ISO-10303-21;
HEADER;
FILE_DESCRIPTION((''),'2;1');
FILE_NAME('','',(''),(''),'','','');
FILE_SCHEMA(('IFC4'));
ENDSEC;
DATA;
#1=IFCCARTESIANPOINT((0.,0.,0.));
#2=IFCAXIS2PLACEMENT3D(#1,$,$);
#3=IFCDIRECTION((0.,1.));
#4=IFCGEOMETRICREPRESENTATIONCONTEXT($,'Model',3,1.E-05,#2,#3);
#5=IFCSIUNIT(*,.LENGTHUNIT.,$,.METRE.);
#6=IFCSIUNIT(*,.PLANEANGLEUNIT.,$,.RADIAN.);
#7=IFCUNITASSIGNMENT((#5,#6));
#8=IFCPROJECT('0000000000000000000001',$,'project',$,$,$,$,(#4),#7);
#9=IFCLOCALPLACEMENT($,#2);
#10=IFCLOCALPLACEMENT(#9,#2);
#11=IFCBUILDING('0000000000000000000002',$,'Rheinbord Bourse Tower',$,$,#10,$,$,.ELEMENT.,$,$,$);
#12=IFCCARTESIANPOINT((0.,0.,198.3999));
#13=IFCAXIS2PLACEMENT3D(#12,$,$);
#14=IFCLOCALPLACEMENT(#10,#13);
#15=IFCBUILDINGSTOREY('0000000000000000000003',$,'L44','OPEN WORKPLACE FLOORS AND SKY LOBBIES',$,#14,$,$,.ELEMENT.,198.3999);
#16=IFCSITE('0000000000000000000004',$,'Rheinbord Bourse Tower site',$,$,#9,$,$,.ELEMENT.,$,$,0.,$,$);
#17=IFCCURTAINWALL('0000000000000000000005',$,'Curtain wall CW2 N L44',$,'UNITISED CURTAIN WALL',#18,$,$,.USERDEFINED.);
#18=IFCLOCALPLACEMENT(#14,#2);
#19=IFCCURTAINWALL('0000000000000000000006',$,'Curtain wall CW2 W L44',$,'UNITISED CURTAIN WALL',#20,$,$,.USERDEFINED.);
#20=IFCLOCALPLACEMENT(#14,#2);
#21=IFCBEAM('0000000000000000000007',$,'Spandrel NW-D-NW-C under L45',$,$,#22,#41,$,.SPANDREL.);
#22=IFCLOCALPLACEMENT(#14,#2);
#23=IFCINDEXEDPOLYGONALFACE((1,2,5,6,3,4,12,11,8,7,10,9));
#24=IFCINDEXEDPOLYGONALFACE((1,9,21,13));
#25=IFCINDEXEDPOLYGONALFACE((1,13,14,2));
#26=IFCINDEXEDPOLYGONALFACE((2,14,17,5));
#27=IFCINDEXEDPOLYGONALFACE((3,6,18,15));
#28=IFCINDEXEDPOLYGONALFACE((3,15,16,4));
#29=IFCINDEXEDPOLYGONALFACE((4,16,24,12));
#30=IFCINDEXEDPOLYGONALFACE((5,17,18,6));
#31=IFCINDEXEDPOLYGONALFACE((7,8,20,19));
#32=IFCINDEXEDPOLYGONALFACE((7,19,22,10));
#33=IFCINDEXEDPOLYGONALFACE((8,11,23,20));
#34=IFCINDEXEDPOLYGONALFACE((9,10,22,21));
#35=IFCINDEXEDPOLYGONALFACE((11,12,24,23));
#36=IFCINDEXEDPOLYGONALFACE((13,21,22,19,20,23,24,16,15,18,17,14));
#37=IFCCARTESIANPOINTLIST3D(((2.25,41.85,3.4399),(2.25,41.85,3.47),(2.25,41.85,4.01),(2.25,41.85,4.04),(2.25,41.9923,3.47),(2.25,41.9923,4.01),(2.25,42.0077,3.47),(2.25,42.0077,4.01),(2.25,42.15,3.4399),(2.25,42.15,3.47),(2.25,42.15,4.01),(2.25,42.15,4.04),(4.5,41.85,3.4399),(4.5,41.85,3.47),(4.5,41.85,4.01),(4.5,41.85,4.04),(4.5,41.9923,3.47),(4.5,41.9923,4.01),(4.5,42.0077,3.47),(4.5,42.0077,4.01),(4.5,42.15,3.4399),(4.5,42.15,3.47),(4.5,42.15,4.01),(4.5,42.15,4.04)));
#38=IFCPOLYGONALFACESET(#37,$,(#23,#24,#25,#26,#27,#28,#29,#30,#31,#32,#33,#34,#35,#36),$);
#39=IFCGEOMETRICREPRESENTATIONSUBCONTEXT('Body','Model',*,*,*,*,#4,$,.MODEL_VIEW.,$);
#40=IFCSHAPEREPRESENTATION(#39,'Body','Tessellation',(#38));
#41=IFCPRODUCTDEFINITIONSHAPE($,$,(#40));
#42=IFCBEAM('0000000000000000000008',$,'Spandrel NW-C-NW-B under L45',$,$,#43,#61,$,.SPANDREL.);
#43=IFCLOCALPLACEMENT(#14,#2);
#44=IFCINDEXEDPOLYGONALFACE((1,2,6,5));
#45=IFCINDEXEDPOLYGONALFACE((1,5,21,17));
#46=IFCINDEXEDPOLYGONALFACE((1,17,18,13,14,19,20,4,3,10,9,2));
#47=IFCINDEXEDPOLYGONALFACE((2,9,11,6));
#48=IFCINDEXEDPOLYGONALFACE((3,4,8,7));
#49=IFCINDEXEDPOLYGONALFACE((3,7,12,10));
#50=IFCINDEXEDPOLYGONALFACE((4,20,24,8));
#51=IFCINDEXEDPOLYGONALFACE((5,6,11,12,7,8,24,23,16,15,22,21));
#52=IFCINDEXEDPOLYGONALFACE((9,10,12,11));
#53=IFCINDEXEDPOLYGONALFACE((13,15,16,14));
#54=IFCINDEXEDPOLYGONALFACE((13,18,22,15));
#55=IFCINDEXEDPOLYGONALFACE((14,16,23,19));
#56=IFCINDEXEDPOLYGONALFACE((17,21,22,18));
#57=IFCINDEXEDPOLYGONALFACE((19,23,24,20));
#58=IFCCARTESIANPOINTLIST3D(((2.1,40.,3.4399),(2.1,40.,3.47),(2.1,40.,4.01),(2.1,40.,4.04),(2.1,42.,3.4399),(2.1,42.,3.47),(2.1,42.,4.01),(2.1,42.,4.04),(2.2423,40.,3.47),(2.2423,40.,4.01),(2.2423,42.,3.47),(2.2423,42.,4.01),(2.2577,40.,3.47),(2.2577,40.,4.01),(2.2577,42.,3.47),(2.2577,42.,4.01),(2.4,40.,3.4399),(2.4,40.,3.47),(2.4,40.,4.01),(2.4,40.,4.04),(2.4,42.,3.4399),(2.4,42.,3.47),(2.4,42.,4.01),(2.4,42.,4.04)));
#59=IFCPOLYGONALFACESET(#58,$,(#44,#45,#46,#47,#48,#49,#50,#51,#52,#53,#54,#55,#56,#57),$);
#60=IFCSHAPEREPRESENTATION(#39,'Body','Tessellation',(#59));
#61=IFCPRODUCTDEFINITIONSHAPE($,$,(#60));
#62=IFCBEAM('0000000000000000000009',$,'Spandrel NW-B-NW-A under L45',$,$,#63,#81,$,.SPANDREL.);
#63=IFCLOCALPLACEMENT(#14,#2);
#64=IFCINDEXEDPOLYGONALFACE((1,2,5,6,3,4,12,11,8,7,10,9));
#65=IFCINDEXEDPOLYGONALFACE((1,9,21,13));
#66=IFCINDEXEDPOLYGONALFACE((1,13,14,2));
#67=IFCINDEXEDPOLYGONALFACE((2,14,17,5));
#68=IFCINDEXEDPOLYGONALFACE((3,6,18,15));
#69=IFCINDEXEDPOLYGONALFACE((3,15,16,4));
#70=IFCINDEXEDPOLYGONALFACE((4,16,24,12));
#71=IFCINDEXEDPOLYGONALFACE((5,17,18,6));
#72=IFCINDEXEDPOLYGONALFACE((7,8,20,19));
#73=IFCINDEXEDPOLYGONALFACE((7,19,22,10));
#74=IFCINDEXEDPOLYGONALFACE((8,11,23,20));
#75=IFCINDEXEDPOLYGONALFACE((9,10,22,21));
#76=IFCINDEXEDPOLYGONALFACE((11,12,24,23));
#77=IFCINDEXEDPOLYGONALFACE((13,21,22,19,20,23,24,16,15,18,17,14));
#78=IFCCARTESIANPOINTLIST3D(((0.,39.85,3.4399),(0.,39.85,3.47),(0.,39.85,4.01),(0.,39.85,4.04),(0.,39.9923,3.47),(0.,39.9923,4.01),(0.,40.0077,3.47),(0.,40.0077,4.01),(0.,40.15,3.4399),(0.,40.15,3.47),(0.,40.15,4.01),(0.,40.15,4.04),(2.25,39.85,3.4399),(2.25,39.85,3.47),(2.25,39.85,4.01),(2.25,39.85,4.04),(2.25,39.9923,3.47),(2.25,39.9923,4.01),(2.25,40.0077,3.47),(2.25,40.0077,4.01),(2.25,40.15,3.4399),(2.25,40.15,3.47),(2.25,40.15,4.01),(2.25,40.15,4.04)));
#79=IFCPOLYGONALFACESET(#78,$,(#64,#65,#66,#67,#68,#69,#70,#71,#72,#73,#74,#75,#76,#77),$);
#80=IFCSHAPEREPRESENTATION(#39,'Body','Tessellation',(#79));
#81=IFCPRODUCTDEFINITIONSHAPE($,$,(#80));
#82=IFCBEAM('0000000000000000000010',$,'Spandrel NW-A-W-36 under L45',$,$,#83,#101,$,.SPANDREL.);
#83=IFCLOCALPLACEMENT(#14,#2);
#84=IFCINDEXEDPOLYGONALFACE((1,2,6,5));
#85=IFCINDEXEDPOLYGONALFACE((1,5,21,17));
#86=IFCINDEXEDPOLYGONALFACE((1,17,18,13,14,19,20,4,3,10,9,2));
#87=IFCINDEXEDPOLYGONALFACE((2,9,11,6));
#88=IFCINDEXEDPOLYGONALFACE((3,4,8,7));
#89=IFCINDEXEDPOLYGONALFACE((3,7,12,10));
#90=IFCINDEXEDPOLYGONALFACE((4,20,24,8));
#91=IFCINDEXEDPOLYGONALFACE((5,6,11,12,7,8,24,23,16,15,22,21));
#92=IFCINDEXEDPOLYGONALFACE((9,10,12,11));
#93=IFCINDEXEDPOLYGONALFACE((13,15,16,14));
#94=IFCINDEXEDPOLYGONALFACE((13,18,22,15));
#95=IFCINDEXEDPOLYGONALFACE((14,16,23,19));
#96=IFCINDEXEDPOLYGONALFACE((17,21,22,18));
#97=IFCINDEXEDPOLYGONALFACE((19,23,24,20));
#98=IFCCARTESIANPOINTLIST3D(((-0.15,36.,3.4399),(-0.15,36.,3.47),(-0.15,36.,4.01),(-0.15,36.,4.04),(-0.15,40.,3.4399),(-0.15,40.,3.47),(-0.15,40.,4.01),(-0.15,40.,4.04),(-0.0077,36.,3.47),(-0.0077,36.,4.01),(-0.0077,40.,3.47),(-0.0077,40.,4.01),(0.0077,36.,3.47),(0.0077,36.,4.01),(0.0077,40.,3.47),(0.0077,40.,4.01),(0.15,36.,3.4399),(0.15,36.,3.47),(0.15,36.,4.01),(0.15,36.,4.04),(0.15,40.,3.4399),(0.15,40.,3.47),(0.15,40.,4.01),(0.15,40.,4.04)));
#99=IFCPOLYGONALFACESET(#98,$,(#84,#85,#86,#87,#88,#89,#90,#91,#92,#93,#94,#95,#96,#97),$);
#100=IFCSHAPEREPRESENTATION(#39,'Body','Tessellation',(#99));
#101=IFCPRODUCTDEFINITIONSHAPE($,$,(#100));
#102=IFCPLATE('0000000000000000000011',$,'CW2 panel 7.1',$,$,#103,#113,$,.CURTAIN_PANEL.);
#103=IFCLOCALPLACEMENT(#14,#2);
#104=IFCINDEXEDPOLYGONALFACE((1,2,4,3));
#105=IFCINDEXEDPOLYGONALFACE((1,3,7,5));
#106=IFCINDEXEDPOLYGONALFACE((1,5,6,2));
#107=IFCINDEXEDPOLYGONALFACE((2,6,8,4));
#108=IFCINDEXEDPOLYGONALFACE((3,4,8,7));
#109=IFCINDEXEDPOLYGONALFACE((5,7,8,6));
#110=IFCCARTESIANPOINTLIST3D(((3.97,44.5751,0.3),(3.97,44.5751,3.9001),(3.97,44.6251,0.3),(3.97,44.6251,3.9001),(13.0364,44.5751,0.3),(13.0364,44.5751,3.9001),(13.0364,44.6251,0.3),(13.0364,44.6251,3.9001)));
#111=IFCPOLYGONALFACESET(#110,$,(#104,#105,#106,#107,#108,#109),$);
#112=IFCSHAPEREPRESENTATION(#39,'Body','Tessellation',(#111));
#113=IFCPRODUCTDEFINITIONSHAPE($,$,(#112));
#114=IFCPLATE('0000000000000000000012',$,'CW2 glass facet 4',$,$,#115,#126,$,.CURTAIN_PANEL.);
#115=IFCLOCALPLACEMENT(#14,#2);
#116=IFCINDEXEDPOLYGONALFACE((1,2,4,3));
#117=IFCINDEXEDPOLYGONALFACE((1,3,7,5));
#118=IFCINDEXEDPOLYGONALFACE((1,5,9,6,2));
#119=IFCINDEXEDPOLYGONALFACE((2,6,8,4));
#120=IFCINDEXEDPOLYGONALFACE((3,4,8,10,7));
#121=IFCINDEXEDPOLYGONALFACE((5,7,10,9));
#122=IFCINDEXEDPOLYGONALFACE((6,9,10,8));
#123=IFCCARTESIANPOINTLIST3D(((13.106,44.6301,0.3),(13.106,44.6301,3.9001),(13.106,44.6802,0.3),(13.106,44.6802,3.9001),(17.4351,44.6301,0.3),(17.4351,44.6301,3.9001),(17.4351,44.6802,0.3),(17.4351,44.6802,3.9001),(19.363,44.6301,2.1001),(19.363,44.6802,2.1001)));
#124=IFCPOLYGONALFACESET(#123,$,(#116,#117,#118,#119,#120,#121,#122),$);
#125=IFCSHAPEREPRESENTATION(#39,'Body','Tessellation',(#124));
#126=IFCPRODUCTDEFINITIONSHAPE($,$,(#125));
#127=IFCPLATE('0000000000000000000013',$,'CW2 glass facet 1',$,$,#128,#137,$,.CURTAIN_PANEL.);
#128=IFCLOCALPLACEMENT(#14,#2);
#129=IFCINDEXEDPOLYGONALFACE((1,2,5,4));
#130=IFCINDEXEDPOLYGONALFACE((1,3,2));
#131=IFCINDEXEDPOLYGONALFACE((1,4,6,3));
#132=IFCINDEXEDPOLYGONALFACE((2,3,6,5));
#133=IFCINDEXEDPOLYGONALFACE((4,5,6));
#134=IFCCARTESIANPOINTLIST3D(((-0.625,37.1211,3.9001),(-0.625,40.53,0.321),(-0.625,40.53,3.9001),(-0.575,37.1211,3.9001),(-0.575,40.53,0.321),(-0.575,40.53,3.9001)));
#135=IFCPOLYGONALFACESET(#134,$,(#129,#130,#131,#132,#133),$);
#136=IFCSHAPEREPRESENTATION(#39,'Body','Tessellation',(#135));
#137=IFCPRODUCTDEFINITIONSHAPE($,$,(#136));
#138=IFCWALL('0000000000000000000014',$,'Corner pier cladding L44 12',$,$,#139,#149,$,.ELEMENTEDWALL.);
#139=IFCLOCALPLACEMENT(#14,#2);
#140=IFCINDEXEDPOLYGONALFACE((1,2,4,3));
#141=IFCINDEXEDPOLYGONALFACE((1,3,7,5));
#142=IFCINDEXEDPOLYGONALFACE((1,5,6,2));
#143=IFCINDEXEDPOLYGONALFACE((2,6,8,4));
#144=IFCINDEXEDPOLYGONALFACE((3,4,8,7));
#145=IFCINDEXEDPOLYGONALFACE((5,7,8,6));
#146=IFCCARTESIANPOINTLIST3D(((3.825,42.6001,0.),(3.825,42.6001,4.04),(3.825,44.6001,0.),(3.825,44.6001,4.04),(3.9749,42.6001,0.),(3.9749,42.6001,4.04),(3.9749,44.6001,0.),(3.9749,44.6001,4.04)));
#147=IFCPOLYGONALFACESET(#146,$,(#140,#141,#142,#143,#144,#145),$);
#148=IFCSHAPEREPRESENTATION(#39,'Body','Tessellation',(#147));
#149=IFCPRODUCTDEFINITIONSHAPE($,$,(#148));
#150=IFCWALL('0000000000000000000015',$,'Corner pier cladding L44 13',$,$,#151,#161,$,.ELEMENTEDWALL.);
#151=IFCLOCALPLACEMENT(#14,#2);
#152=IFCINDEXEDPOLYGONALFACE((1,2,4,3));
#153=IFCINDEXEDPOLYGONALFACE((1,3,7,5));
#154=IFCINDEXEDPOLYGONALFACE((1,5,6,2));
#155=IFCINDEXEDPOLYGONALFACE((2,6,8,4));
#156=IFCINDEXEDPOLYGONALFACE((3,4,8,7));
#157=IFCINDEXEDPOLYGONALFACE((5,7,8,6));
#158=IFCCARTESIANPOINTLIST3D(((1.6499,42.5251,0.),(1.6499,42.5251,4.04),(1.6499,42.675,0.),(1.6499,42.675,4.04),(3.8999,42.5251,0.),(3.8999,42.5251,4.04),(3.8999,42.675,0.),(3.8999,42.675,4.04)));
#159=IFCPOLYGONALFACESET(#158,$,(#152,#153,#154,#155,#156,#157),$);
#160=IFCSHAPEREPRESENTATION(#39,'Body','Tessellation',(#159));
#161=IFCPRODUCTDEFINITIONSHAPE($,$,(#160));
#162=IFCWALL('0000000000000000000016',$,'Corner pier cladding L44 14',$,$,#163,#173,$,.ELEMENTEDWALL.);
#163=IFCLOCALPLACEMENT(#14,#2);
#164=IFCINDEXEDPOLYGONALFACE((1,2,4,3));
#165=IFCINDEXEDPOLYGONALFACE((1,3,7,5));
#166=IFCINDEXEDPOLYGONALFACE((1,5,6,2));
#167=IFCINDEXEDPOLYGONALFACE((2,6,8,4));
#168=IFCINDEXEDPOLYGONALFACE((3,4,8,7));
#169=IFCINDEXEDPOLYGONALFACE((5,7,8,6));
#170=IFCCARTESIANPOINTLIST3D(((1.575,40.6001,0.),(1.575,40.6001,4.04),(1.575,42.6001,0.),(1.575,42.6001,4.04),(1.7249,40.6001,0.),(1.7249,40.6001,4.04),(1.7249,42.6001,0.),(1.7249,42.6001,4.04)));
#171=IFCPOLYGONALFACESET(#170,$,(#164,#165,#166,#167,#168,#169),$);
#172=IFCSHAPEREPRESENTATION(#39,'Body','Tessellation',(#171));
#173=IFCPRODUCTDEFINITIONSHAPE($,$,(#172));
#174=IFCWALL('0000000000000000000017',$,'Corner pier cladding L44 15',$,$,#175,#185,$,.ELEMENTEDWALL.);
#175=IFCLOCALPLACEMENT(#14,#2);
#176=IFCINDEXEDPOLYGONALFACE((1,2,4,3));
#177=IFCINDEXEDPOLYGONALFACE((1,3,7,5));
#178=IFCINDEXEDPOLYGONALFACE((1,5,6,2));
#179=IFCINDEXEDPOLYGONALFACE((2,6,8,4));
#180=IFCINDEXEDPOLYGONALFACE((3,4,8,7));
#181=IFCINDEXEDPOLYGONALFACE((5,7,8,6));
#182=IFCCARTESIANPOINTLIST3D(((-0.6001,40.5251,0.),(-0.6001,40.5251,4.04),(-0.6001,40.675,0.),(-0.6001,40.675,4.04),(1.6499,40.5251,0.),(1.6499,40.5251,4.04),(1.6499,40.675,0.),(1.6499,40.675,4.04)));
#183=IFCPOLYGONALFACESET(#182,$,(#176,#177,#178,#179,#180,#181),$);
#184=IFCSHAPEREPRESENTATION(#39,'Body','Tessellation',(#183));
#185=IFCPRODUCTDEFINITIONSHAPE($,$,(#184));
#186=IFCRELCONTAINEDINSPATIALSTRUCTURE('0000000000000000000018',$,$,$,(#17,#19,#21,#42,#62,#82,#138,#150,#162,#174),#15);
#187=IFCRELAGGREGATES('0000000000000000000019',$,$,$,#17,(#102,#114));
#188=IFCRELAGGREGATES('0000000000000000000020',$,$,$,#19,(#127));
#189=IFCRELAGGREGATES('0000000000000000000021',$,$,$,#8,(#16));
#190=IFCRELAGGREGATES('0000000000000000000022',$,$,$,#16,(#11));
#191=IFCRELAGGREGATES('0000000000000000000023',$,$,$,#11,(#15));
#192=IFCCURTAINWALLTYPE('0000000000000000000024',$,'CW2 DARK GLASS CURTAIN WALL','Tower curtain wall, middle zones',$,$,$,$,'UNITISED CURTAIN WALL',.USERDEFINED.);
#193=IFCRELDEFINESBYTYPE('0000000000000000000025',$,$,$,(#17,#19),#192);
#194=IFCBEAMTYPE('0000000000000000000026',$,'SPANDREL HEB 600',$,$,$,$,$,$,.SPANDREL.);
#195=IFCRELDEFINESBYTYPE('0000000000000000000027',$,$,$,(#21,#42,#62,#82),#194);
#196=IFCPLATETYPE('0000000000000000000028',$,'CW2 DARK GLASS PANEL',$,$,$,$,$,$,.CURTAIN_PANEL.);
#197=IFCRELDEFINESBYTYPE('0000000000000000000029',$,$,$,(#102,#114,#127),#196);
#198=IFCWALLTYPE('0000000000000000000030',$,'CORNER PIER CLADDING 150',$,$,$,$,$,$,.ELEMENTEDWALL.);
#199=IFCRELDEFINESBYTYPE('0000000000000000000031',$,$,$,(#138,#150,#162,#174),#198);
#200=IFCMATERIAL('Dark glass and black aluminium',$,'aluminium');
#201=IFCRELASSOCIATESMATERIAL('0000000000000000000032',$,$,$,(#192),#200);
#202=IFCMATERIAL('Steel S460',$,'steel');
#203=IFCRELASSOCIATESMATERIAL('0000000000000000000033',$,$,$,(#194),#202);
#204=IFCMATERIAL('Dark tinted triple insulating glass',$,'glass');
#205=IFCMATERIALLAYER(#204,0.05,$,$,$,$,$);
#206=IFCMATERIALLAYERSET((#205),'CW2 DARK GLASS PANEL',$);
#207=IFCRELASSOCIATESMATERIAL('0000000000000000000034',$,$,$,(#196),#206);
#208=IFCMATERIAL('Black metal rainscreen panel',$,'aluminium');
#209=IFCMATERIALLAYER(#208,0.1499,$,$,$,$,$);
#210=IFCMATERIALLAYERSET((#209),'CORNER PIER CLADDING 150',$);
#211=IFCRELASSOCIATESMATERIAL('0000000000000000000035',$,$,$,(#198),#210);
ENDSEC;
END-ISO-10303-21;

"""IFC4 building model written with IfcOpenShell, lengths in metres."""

from ifc_helpers import new_model, si_unit, direction, frame, frame_2d, origin, origin_2d, place, context, subcontext, project, spatial, polyline, rectangle, i_section, outline, extrude, material, layer, layer_set, material_profile, profile_set, type_object, element, aggregate, save


model = new_model("IFC4")

# Units and contexts
model_context = context("Model", 3, precision=1e-05, world=origin(), true_north=direction((0.0, 1.0)))
body_context = subcontext(model_context, "Body", "Model", "MODEL_VIEW")
ifc_project = project(units=[si_unit("LENGTHUNIT", "METRE"), si_unit("PLANEANGLEUNIT", "RADIAN")], contexts=[model_context])

# Site, building, storey
site_placement = place(None, origin())
site = spatial("IfcSite", under=ifc_project, at=site_placement, Name="Rheinbord Bourse Tower site", CompositionType="ELEMENT", RefElevation=0.0)
building_placement = place(site_placement, origin())
building = spatial("IfcBuilding", under=site, at=building_placement, Name="Rheinbord Bourse Tower", CompositionType="ELEMENT")
storey_placement = place(building_placement, frame((0.0, 0.0, 198.3999)))
storey = spatial("IfcBuildingStorey", under=building, at=storey_placement, Name="L44", Description="OPEN WORKPLACE FLOORS AND SKY LOBBIES", CompositionType="ELEMENT", Elevation=198.3999)

# Curtain wall
ifc_material_1 = material(Name="Dark glass and black aluminium", Category="aluminium")
curtain_wall_type = type_object("IfcCurtainWallType", Name="CW2 DARK GLASS CURTAIN WALL", Description="Tower curtain wall, middle zones", ElementType="UNITISED CURTAIN WALL", PredefinedType="USERDEFINED", material=ifc_material_1)
curtain_wall_1_placement = place(storey_placement, origin())
curtain_wall_1 = element("IfcCurtainWall", 1, at=curtain_wall_1_placement, inside=storey, type_object=curtain_wall_type, Name="Curtain wall CW2 N L44", ObjectType="UNITISED CURTAIN WALL", PredefinedType="USERDEFINED")

# Curtain wall
curtain_wall_2_placement = place(storey_placement, origin())
curtain_wall_2 = element("IfcCurtainWall", 2, at=curtain_wall_2_placement, inside=storey, type_object=curtain_wall_type, Name="Curtain wall CW2 W L44", ObjectType="UNITISED CURTAIN WALL", PredefinedType="USERDEFINED")

# Beams
ifc_material_2 = material(Name="Steel S460", Category="steel")
ifc_material_profile_1 = material_profile(ifc_material_2, i_section(OverallWidth=0.3, OverallDepth=0.6001, WebThickness=0.0154, FlangeThickness=0.03, at=origin_2d()), Name="HEB 600")
ifc_profile_set_1 = profile_set([ifc_material_profile_1], Name="Steel S460")
beam_type_1 = type_object("IfcBeamType", Name="SPANDREL HEB 600", PredefinedType="SPANDREL", material=ifc_profile_set_1)
beam_1_placement = place(storey_placement, frame((4.5, 42.0, 3.74), z_axis=(-1.0, 0.0, 0.0), x_axis=(0.0, -1.0, 0.0)))
element("IfcBeam", 3, at=beam_1_placement, inside=storey, type_object=beam_type_1, Name="Spandrel NW-D-NW-C under L45", PredefinedType="SPANDREL", context=body_context, shape_type="SweptSolid", body=[
    extrude(i_section(OverallWidth=0.3, OverallDepth=0.6001, WebThickness=0.0154, FlangeThickness=0.03, at=origin_2d()), origin(), (0.0, 0.0, 1.0), 2.25),
])
beam_2_placement = place(storey_placement, frame((2.25, 42.0, 3.74), z_axis=(0.0, -1.0, 0.0), x_axis=(1.0, 0.0, 0.0)))
element("IfcBeam", 4, at=beam_2_placement, inside=storey, type_object=beam_type_1, Name="Spandrel NW-C-NW-B under L45", PredefinedType="SPANDREL", context=body_context, shape_type="SweptSolid", body=[
    extrude(i_section(OverallWidth=0.3, OverallDepth=0.6001, WebThickness=0.0154, FlangeThickness=0.03, at=origin_2d()), origin(), (0.0, 0.0, 1.0), 2.0),
])
beam_3_placement = place(storey_placement, frame((2.25, 40.0, 3.74), z_axis=(-1.0, 0.0, 0.0), x_axis=(0.0, -1.0, 0.0)))
element("IfcBeam", 5, at=beam_3_placement, inside=storey, type_object=beam_type_1, Name="Spandrel NW-B-NW-A under L45", PredefinedType="SPANDREL", context=body_context, shape_type="SweptSolid", body=[
    extrude(i_section(OverallWidth=0.3, OverallDepth=0.6001, WebThickness=0.0154, FlangeThickness=0.03, at=origin_2d()), origin(), (0.0, 0.0, 1.0), 2.25),
])
beam_4_placement = place(storey_placement, frame((0.0, 40.0, 3.74), z_axis=(0.0, -1.0, 0.0), x_axis=(1.0, 0.0, 0.0)))
element("IfcBeam", 6, at=beam_4_placement, inside=storey, type_object=beam_type_1, Name="Spandrel NW-A-W-36 under L45", PredefinedType="SPANDREL", context=body_context, shape_type="SweptSolid", body=[
    extrude(i_section(OverallWidth=0.3, OverallDepth=0.6001, WebThickness=0.0154, FlangeThickness=0.03, at=origin_2d()), origin(), (0.0, 0.0, 1.0), 4.0),
])

# Plates
ifc_material_3 = material(Name="Dark tinted triple insulating glass", Category="glass")
ifc_layer_1 = layer(ifc_material_3, 0.05)
ifc_layer_set_1 = layer_set([ifc_layer_1], Name="CW2 DARK GLASS PANEL")
plate_type = type_object("IfcPlateType", Name="CW2 DARK GLASS PANEL", PredefinedType="CURTAIN_PANEL", material=ifc_layer_set_1)
plate_1_placement = place(storey_placement, frame((8.5032, 44.6001, 0.3), z_axis=(0.0, 0.0, 1.0), x_axis=(-1.0, 0.0, 0.0)))
plate_1 = element("IfcPlate", 7, at=plate_1_placement, type_object=plate_type, Name="CW2 panel 7.1", PredefinedType="CURTAIN_PANEL", context=body_context, shape_type="SweptSolid", body=[
    extrude(rectangle(XDim=9.0664, YDim=0.05, at=origin_2d()), origin(), (0.0, 0.0, 1.0), 3.6001),
])
plate_2_placement = place(storey_placement, frame((13.106, 44.6802, 3.9001), z_axis=(0.0, -1.0, 0.0), x_axis=(0.0, 0.0, -1.0)))
plate_2 = element("IfcPlate", 8, at=plate_2_placement, type_object=plate_type, Name="CW2 glass facet 4", PredefinedType="CURTAIN_PANEL", context=body_context, shape_type="SweptSolid", body=[
    extrude(outline(polyline([(0.0, 0.0), (3.6001, 0.0), (3.6001, 4.3291), (1.8, 6.2571), (0.0, 4.3291), (0.0, 0.0)])), origin(), (0.0, 0.0, 1.0), 0.05),
])
aggregate(curtain_wall_1, [plate_1, plate_2])
plate_3_placement = place(storey_placement, frame((-0.625, 40.53, 3.9001), z_axis=(1.0, 0.0, 0.0), x_axis=(0.0, -1.0, 0.0)))
plate_3 = element("IfcPlate", 9, at=plate_3_placement, type_object=plate_type, Name="CW2 glass facet 1", PredefinedType="CURTAIN_PANEL", context=body_context, shape_type="SweptSolid", body=[
    extrude(outline(polyline([(0.0, 0.0), (3.4089, 0.0), (0.0, 3.5791), (0.0, 0.0)])), origin(), (0.0, 0.0, 1.0), 0.05),
])
aggregate(curtain_wall_2, [plate_3])

# Walls
ifc_material_4 = material(Name="Black metal rainscreen panel", Category="aluminium")
ifc_layer_2 = layer(ifc_material_4, 0.1499)
ifc_layer_set_2 = layer_set([ifc_layer_2], Name="CORNER PIER CLADDING 150")
wall_type = type_object("IfcWallType", Name="CORNER PIER CLADDING 150", PredefinedType="ELEMENTEDWALL", material=ifc_layer_set_2)
wall_1_placement = place(storey_placement, frame((3.8999, 44.6001, 0.0), z_axis=(0.0, 0.0, 1.0), x_axis=(0.0, -1.0, 0.0)))
element("IfcWall", 10, at=wall_1_placement, inside=storey, type_object=wall_type, Name="Corner pier cladding L44 12", PredefinedType="ELEMENTEDWALL", context=body_context, shape_type="SweptSolid", body=[
    extrude(rectangle(XDim=2.0, YDim=0.1499, at=frame_2d((1.0, 0.0))), origin(), (0.0, 0.0, 1.0), 4.04),
])
wall_2_placement = place(storey_placement, frame((3.8999, 42.6001, 0.0), z_axis=(0.0, 0.0, 1.0), x_axis=(-1.0, 0.0, 0.0)))
element("IfcWall", 11, at=wall_2_placement, inside=storey, type_object=wall_type, Name="Corner pier cladding L44 13", PredefinedType="ELEMENTEDWALL", context=body_context, shape_type="SweptSolid", body=[
    extrude(rectangle(XDim=2.25, YDim=0.1499, at=frame_2d((1.125, 0.0))), origin(), (0.0, 0.0, 1.0), 4.04),
])
wall_3_placement = place(storey_placement, frame((1.6499, 42.6001, 0.0), z_axis=(0.0, 0.0, 1.0), x_axis=(0.0, -1.0, 0.0)))
element("IfcWall", 12, at=wall_3_placement, inside=storey, type_object=wall_type, Name="Corner pier cladding L44 14", PredefinedType="ELEMENTEDWALL", context=body_context, shape_type="SweptSolid", body=[
    extrude(rectangle(XDim=2.0, YDim=0.1499, at=frame_2d((1.0, 0.0))), origin(), (0.0, 0.0, 1.0), 4.04),
])
wall_4_placement = place(storey_placement, frame((1.6499, 40.6001, 0.0), z_axis=(0.0, 0.0, 1.0), x_axis=(-1.0, 0.0, 0.0)))
element("IfcWall", 13, at=wall_4_placement, inside=storey, type_object=wall_type, Name="Corner pier cladding L44 15", PredefinedType="ELEMENTEDWALL", context=body_context, shape_type="SweptSolid", body=[
    extrude(rectangle(XDim=2.25, YDim=0.1499, at=frame_2d((1.125, 0.0))), origin(), (0.0, 0.0, 1.0), 4.04),
])

save(model, "model.ifc")
